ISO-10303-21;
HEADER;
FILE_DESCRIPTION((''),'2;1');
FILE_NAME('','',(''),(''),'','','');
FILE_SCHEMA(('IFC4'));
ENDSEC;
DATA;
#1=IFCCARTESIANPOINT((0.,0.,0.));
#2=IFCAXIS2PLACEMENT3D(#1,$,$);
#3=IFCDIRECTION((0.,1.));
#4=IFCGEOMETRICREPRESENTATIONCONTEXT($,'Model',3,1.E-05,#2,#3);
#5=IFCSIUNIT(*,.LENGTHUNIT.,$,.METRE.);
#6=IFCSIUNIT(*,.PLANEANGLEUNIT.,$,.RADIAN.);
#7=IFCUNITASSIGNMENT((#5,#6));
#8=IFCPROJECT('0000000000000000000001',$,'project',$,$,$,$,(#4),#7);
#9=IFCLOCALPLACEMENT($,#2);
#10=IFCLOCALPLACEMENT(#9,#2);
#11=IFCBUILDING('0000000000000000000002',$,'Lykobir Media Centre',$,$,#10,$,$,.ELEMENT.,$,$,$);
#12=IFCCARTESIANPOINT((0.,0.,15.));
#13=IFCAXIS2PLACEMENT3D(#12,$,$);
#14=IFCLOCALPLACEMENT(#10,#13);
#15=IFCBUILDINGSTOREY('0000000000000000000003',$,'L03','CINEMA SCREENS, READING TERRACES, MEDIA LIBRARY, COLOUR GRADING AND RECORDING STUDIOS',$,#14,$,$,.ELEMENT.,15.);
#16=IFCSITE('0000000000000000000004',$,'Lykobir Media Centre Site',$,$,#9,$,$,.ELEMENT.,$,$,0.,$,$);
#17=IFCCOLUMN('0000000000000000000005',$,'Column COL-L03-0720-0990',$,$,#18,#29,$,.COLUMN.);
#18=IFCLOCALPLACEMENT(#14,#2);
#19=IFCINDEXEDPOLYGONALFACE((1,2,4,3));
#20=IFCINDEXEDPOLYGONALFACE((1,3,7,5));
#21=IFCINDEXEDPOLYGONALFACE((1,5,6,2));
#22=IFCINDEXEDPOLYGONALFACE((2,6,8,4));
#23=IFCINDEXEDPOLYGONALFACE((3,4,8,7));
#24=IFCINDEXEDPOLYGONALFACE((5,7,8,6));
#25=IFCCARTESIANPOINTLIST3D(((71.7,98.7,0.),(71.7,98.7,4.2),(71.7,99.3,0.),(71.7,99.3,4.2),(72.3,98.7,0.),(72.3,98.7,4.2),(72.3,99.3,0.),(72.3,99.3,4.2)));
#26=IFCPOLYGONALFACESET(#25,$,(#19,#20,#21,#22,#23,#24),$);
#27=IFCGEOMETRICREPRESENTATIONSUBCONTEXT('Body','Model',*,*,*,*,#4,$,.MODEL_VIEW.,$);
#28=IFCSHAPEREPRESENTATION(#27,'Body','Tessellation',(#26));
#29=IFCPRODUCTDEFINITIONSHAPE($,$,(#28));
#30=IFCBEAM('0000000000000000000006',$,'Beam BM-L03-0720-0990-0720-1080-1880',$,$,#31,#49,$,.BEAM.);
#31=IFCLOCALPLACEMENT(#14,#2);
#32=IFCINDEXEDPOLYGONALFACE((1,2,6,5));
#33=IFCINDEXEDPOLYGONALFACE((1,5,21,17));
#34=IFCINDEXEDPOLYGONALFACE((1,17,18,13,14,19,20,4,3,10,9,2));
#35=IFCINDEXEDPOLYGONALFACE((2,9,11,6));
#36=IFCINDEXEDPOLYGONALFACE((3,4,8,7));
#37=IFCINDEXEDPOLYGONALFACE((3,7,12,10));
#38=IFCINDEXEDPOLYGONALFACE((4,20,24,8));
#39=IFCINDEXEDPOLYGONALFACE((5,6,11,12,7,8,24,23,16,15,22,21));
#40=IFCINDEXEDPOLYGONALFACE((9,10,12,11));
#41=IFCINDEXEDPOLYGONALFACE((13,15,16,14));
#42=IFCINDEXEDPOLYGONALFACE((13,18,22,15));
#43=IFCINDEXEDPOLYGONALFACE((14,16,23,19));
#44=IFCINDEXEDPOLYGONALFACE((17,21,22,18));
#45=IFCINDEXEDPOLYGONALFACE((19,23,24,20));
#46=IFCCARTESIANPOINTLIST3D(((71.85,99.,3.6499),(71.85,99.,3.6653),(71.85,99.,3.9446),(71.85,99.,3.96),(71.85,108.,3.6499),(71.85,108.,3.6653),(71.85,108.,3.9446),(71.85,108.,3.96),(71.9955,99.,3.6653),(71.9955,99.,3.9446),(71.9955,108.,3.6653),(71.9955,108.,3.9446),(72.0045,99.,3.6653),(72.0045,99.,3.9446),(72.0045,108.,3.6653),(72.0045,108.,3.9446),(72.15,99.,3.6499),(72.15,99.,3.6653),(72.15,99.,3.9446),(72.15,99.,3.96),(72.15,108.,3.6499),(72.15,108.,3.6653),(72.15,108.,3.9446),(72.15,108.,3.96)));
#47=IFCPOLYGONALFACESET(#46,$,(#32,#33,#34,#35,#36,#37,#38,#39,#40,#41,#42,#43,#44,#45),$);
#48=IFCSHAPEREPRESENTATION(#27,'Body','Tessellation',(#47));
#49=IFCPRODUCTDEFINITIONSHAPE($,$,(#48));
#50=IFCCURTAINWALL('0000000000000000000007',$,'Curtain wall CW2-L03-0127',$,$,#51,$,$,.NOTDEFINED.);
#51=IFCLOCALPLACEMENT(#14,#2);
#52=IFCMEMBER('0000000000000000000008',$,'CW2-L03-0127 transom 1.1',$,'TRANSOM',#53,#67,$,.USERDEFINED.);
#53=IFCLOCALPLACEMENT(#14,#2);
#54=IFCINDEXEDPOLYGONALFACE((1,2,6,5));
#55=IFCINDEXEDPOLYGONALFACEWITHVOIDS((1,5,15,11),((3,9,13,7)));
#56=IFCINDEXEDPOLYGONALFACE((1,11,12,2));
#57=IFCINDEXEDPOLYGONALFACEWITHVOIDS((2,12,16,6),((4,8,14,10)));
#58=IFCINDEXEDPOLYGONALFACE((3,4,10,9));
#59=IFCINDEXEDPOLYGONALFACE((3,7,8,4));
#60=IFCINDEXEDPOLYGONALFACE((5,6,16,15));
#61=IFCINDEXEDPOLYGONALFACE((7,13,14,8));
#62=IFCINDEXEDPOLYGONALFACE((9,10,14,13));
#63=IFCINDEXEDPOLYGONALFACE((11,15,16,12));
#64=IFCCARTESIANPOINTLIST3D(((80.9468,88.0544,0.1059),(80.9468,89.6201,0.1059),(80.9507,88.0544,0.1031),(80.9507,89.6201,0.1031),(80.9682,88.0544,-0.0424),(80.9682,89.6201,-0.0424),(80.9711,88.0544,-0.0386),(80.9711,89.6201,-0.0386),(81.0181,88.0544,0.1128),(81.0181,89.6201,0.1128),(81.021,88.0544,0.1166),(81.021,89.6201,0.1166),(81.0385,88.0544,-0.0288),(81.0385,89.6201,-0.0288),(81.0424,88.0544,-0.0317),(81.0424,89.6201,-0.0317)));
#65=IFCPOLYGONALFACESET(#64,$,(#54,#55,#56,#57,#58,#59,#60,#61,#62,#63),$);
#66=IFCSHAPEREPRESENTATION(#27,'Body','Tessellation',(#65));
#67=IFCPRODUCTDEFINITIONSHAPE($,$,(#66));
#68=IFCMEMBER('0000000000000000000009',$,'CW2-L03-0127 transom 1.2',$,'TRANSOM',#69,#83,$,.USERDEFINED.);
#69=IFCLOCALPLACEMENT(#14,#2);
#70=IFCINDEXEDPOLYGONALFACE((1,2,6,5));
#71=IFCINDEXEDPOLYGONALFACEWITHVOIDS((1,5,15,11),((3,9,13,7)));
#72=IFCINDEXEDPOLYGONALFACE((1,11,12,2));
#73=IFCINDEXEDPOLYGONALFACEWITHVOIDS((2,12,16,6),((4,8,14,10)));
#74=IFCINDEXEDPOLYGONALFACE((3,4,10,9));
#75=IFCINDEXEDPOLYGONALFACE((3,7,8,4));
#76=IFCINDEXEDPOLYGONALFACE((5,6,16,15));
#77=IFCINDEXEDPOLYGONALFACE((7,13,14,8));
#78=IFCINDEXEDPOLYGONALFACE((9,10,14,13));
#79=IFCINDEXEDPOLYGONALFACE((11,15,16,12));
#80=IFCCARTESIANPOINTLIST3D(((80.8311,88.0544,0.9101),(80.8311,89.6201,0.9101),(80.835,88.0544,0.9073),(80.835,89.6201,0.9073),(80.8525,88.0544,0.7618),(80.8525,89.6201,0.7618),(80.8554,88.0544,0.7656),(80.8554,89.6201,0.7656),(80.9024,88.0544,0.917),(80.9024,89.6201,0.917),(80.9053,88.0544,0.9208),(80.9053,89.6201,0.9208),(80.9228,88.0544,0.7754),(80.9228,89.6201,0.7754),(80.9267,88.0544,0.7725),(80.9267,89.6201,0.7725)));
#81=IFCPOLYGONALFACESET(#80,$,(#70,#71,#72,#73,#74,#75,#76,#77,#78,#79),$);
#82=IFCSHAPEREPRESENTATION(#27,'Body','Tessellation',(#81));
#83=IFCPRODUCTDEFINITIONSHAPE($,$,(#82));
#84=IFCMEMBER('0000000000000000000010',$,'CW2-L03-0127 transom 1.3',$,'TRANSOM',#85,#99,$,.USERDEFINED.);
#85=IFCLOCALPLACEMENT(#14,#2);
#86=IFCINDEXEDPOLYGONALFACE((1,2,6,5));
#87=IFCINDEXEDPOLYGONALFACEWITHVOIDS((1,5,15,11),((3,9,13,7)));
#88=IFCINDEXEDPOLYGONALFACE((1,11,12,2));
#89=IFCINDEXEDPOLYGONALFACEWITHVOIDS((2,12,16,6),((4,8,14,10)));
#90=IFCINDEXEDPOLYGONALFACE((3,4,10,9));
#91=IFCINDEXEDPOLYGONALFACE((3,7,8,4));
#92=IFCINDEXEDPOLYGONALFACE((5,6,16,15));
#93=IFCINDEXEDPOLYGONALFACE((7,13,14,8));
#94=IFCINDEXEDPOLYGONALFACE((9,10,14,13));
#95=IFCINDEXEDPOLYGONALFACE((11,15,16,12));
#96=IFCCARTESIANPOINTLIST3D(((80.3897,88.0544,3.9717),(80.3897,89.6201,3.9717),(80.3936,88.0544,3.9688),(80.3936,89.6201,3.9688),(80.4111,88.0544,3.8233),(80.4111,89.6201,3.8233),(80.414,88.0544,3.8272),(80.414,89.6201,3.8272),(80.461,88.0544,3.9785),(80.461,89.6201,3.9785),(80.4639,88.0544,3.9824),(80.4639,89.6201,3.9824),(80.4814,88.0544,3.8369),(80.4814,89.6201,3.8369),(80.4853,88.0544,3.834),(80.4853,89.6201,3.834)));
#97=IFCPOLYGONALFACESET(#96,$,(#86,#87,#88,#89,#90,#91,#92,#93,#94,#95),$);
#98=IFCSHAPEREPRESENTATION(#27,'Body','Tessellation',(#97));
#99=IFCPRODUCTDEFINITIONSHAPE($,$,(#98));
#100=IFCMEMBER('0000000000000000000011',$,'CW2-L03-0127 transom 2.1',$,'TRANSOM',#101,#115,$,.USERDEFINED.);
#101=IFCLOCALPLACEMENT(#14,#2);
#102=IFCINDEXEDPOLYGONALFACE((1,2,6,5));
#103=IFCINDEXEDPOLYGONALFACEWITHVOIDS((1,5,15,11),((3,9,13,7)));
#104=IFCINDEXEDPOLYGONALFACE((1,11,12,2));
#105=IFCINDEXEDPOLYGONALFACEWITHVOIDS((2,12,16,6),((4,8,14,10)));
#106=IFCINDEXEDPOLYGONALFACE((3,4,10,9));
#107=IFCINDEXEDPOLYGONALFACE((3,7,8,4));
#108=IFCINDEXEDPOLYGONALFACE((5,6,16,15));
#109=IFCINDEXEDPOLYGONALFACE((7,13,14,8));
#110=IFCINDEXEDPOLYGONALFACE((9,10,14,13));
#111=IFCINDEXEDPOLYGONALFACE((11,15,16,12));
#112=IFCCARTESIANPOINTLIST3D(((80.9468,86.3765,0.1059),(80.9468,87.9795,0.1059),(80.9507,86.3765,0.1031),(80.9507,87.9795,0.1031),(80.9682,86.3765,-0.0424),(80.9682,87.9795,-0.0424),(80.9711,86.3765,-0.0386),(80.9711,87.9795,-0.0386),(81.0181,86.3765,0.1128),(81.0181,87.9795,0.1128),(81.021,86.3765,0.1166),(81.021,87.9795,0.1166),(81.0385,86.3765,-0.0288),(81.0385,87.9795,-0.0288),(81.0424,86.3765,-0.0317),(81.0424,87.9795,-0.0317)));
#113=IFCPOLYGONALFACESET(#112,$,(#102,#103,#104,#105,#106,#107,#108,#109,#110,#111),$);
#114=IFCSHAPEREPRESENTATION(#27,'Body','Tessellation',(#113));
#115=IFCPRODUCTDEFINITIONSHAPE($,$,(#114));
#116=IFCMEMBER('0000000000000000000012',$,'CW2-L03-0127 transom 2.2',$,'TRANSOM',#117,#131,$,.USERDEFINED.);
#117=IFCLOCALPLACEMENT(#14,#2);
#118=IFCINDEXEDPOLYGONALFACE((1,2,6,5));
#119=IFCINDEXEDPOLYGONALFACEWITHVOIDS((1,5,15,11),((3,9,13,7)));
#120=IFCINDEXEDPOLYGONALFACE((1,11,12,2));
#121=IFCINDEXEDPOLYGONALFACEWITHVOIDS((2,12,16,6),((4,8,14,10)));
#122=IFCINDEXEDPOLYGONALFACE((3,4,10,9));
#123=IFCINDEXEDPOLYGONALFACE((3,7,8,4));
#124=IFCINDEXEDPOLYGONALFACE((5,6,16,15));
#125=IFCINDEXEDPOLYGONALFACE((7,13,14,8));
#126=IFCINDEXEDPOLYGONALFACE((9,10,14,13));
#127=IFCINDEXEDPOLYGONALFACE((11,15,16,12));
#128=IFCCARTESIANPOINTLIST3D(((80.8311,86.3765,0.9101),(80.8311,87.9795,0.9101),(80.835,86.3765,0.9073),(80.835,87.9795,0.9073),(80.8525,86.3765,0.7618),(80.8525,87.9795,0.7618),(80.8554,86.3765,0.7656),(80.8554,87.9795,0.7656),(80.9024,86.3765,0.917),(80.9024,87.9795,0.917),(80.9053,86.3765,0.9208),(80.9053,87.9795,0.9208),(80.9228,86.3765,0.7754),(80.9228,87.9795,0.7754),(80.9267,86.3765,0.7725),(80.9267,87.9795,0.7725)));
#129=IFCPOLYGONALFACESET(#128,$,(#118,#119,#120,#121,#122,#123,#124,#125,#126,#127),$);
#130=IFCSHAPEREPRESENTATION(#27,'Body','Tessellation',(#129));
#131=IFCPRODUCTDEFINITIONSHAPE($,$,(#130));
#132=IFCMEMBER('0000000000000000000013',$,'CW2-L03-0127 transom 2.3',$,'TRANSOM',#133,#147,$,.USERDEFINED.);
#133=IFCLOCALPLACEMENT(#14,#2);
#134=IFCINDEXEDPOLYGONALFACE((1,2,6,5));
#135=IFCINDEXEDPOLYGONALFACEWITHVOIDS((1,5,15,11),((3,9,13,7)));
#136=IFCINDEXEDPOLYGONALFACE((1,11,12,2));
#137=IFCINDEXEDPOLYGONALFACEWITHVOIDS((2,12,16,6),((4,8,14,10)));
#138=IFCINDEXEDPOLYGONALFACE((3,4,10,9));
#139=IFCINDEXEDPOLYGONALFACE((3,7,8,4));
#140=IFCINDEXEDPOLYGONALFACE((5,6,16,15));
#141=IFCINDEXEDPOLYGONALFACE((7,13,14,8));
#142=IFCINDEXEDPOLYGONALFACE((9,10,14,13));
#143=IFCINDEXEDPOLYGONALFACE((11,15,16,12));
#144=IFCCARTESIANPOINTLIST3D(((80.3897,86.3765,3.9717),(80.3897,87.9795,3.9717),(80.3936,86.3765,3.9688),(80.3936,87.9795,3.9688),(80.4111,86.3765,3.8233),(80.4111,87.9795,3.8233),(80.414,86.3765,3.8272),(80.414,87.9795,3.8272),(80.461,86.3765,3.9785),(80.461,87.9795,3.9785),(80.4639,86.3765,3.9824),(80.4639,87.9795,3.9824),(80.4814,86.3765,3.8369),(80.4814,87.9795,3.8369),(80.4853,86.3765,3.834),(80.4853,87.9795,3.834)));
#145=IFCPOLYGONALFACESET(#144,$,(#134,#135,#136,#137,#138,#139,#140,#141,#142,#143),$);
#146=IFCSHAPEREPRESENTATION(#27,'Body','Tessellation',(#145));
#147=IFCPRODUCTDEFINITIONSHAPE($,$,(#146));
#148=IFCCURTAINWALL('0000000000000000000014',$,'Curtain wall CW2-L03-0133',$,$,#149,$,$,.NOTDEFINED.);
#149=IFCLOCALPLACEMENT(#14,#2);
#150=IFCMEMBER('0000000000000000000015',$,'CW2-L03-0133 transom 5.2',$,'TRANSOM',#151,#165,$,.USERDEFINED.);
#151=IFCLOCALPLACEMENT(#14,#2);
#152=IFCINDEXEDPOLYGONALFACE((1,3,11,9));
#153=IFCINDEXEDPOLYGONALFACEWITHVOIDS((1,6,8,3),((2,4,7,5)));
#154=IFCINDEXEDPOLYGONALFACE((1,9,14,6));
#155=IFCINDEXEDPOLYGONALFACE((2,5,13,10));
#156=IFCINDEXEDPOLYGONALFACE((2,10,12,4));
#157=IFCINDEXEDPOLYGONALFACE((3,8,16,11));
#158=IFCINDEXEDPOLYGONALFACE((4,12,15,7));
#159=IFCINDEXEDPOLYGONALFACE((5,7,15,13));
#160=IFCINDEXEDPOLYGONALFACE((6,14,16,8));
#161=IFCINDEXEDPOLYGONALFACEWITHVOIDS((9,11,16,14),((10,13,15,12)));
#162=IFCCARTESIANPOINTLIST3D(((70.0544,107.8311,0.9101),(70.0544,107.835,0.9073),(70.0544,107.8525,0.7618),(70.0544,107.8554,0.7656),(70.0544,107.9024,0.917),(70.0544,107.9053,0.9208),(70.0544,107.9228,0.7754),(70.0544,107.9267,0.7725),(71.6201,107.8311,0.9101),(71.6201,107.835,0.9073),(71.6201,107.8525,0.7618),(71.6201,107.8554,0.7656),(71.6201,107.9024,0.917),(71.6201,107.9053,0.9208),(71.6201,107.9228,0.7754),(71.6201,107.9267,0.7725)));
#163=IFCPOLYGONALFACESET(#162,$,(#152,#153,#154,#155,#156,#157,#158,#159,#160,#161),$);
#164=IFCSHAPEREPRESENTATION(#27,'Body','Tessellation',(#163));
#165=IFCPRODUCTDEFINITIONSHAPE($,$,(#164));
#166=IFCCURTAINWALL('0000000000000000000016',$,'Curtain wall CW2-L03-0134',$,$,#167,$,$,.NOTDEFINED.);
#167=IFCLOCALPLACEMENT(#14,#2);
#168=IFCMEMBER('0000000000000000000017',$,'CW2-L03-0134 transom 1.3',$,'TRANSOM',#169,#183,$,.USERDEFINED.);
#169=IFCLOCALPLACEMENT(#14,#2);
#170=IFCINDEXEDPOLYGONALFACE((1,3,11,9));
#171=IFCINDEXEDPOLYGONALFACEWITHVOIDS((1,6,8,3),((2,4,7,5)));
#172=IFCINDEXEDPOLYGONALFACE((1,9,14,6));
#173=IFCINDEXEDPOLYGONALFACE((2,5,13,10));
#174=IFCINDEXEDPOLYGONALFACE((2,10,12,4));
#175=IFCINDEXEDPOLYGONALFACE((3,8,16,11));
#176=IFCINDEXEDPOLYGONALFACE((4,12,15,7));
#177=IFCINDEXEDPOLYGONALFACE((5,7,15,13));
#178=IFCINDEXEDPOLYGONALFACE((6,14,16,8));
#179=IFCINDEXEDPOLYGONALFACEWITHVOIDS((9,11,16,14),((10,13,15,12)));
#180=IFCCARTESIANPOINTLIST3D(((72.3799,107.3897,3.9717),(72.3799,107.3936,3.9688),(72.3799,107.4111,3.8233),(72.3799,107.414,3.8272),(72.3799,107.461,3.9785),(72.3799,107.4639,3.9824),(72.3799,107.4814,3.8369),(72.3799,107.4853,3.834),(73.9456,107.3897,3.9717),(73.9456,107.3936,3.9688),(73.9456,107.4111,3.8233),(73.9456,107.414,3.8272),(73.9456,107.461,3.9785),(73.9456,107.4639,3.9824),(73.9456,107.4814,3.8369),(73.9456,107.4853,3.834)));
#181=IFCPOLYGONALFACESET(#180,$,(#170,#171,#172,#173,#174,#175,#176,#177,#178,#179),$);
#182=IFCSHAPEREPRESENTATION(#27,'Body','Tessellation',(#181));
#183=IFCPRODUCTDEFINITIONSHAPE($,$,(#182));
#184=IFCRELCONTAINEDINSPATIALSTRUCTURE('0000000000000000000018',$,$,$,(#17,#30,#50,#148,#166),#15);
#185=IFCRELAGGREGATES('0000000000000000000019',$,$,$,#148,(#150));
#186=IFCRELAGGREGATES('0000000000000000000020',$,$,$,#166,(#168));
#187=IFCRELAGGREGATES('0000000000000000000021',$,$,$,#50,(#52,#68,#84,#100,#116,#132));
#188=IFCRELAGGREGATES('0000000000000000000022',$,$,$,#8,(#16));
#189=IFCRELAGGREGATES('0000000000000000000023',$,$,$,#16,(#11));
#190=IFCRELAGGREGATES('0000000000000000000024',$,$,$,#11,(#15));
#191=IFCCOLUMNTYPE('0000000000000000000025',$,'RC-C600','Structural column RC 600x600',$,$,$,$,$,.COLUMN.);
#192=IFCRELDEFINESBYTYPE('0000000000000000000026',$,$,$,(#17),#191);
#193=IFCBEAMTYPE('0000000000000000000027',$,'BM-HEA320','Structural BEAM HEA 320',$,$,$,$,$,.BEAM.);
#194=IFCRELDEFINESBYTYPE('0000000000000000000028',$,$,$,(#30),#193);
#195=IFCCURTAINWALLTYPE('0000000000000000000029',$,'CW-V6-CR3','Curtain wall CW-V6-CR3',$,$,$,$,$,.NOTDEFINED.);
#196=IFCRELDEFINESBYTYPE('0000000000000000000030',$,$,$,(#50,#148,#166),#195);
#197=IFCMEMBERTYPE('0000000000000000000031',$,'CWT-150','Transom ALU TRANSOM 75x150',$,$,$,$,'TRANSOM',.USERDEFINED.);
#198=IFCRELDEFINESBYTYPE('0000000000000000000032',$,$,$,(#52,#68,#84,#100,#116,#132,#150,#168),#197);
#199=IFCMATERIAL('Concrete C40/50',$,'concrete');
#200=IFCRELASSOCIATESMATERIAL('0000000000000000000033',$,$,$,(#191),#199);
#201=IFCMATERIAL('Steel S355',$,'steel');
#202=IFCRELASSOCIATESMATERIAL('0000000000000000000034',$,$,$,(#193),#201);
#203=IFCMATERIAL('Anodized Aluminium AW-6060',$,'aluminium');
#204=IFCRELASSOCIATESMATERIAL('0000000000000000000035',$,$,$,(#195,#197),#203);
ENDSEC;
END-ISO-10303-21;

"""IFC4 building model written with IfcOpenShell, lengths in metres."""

from ifc_helpers import new_model, si_unit, direction, frame, origin, origin_2d, place, context, subcontext, project, spatial, rectangle, hollow_rectangle, i_section, extrude, material, material_profile, profile_set, type_object, element, aggregate, save


model = new_model("IFC4")

# Units and contexts
model_context = context("Model", 3, precision=1e-05, world=origin(), true_north=direction((0.0, 1.0)))
body_context = subcontext(model_context, "Body", "Model", "MODEL_VIEW")
ifc_project = project(units=[si_unit("LENGTHUNIT", "METRE"), si_unit("PLANEANGLEUNIT", "RADIAN")], contexts=[model_context])

# Site, building, storey
site_placement = place(None, origin())
site = spatial("IfcSite", under=ifc_project, at=site_placement, Name="Lykobir Media Centre Site", CompositionType="ELEMENT", RefElevation=0.0)
building_placement = place(site_placement, origin())
building = spatial("IfcBuilding", under=site, at=building_placement, Name="Lykobir Media Centre", CompositionType="ELEMENT")
storey_placement = place(building_placement, frame((0.0, 0.0, 15.0)))
storey = spatial("IfcBuildingStorey", under=building, at=storey_placement, Name="L03", Description="CINEMA SCREENS, READING TERRACES, MEDIA LIBRARY, COLOUR GRADING AND RECORDING STUDIOS", CompositionType="ELEMENT", Elevation=15.0)

# Column
ifc_material_1 = material(Name="Concrete C40/50", Category="concrete")
ifc_material_profile_1 = material_profile(ifc_material_1, rectangle(XDim=0.6001, YDim=0.6001, at=origin_2d()), Name="RC 600x600")
ifc_profile_set_1 = profile_set([ifc_material_profile_1], Name="Concrete C40/50")
column_type = type_object("IfcColumnType", Name="RC-C600", Description="Structural column RC 600x600", PredefinedType="COLUMN", material=ifc_profile_set_1)
column_placement = place(storey_placement, frame((72.0, 99.0, 0.0), z_axis=(0.0, 0.0, 1.0), x_axis=(1.0, 0.0, 0.0)))
element("IfcColumn", 1, at=column_placement, inside=storey, type_object=column_type, Name="Column COL-L03-0720-0990", PredefinedType="COLUMN", context=body_context, shape_type="SweptSolid", body=[
    extrude(rectangle(XDim=0.6001, YDim=0.6001, at=origin_2d()), origin(), (0.0, 0.0, 1.0), 4.2),
])

# Beam
ifc_material_2 = material(Name="Steel S355", Category="steel")
ifc_material_profile_2 = material_profile(ifc_material_2, i_section(OverallWidth=0.3, OverallDepth=0.3101, WebThickness=0.009, FlangeThickness=0.0154, at=origin_2d()), Name="HEA 320")
ifc_profile_set_2 = profile_set([ifc_material_profile_2], Name="Steel S355")
beam_type = type_object("IfcBeamType", Name="BM-HEA320", Description="Structural BEAM HEA 320", PredefinedType="BEAM", material=ifc_profile_set_2)
beam_placement = place(storey_placement, frame((72.0, 99.0, 3.8049), z_axis=(0.0, 1.0, 0.0), x_axis=(-1.0, 0.0, 0.0)))
element("IfcBeam", 2, at=beam_placement, inside=storey, type_object=beam_type, Name="Beam BM-L03-0720-0990-0720-1080-1880", PredefinedType="BEAM", context=body_context, shape_type="SweptSolid", body=[
    extrude(i_section(OverallWidth=0.3, OverallDepth=0.3101, WebThickness=0.009, FlangeThickness=0.0154, at=origin_2d()), origin(), (0.0, 0.0, 1.0), 9.0),
])

# Curtain wall, members
ifc_material_3 = material(Name="Anodized Aluminium AW-6060", Category="aluminium")
curtain_wall_type = type_object("IfcCurtainWallType", Name="CW-V6-CR3", Description="Curtain wall CW-V6-CR3", PredefinedType="NOTDEFINED", material=ifc_material_3)
curtain_wall_1_placement = place(storey_placement, origin())
curtain_wall_1 = element("IfcCurtainWall", 3, at=curtain_wall_1_placement, inside=storey, type_object=curtain_wall_type, Name="Curtain wall CW2-L03-0127", PredefinedType="NOTDEFINED")
ifc_material_profile_3 = material_profile(ifc_material_3, hollow_rectangle(XDim=0.075, YDim=0.1499, WallThickness=0.0034, at=origin_2d()), Name="ALU TRANSOM 75x150")
ifc_profile_set_3 = profile_set([ifc_material_profile_3], Name="Anodized Aluminium AW-6060")
member_type = type_object("IfcMemberType", Name="CWT-150", Description="Transom ALU TRANSOM 75x150", ElementType="TRANSOM", PredefinedType="USERDEFINED", material=ifc_profile_set_3)
member_1_placement = place(storey_placement, frame((80.9946, 89.6201, 0.0371), z_axis=(0.0, -1.0, 0.0), x_axis=(0.989776, 0.0, 0.142629)))
member_1 = element("IfcMember", 4, at=member_1_placement, type_object=member_type, Name="CW2-L03-0127 transom 1.1", ObjectType="TRANSOM", PredefinedType="USERDEFINED", context=body_context, shape_type="SweptSolid", body=[
    extrude(hollow_rectangle(XDim=0.075, YDim=0.1499, WallThickness=0.0034, at=origin_2d()), origin(), (0.0, 0.0, 1.0), 1.5657),
])
member_2_placement = place(storey_placement, frame((80.8789, 89.6201, 0.8413), z_axis=(0.0, -1.0, 0.0), x_axis=(0.989776, 0.0, 0.142629)))
member_2 = element("IfcMember", 5, at=member_2_placement, type_object=member_type, Name="CW2-L03-0127 transom 1.2", ObjectType="TRANSOM", PredefinedType="USERDEFINED", context=body_context, shape_type="SweptSolid", body=[
    extrude(hollow_rectangle(XDim=0.075, YDim=0.1499, WallThickness=0.0034, at=origin_2d()), origin(), (0.0, 0.0, 1.0), 1.5657),
])
member_3_placement = place(storey_placement, frame((80.4375, 89.6201, 3.9028), z_axis=(0.0, -1.0, 0.0), x_axis=(0.989776, 0.0, 0.142629)))
member_3 = element("IfcMember", 6, at=member_3_placement, type_object=member_type, Name="CW2-L03-0127 transom 1.3", ObjectType="TRANSOM", PredefinedType="USERDEFINED", context=body_context, shape_type="SweptSolid", body=[
    extrude(hollow_rectangle(XDim=0.075, YDim=0.1499, WallThickness=0.0034, at=origin_2d()), origin(), (0.0, 0.0, 1.0), 1.5657),
])
member_4_placement = place(storey_placement, frame((80.9946, 87.9795, 0.0371), z_axis=(0.0, -1.0, 0.0), x_axis=(0.989776, 0.0, 0.142629)))
member_4 = element("IfcMember", 7, at=member_4_placement, type_object=member_type, Name="CW2-L03-0127 transom 2.1", ObjectType="TRANSOM", PredefinedType="USERDEFINED", context=body_context, shape_type="SweptSolid", body=[
    extrude(hollow_rectangle(XDim=0.075, YDim=0.1499, WallThickness=0.0034, at=origin_2d()), origin(), (0.0, 0.0, 1.0), 1.603),
])
member_5_placement = place(storey_placement, frame((80.8789, 87.9795, 0.8413), z_axis=(0.0, -1.0, 0.0), x_axis=(0.989776, 0.0, 0.142629)))
member_5 = element("IfcMember", 8, at=member_5_placement, type_object=member_type, Name="CW2-L03-0127 transom 2.2", ObjectType="TRANSOM", PredefinedType="USERDEFINED", context=body_context, shape_type="SweptSolid", body=[
    extrude(hollow_rectangle(XDim=0.075, YDim=0.1499, WallThickness=0.0034, at=origin_2d()), origin(), (0.0, 0.0, 1.0), 1.603),
])
member_6_placement = place(storey_placement, frame((80.4375, 87.9795, 3.9028), z_axis=(0.0, -1.0, 0.0), x_axis=(0.989776, 0.0, 0.142629)))
member_6 = element("IfcMember", 9, at=member_6_placement, type_object=member_type, Name="CW2-L03-0127 transom 2.3", ObjectType="TRANSOM", PredefinedType="USERDEFINED", context=body_context, shape_type="SweptSolid", body=[
    extrude(hollow_rectangle(XDim=0.075, YDim=0.1499, WallThickness=0.0034, at=origin_2d()), origin(), (0.0, 0.0, 1.0), 1.603),
])

# Curtain wall, member
curtain_wall_2_placement = place(storey_placement, origin())
curtain_wall_2 = element("IfcCurtainWall", 10, at=curtain_wall_2_placement, inside=storey, type_object=curtain_wall_type, Name="Curtain wall CW2-L03-0133", PredefinedType="NOTDEFINED")
member_7_placement = place(storey_placement, frame((70.0544, 107.8789, 0.8413), z_axis=(1.0, 0.0, 0.0), x_axis=(0.0, 0.989776, 0.142629)))
member_7 = element("IfcMember", 11, at=member_7_placement, type_object=member_type, Name="CW2-L03-0133 transom 5.2", ObjectType="TRANSOM", PredefinedType="USERDEFINED", context=body_context, shape_type="SweptSolid", body=[
    extrude(hollow_rectangle(XDim=0.075, YDim=0.1499, WallThickness=0.0034, at=origin_2d()), origin(), (0.0, 0.0, 1.0), 1.5657),
])

# Curtain wall, member
curtain_wall_3_placement = place(storey_placement, origin())
curtain_wall_3 = element("IfcCurtainWall", 12, at=curtain_wall_3_placement, inside=storey, type_object=curtain_wall_type, Name="Curtain wall CW2-L03-0134", PredefinedType="NOTDEFINED")
member_8_placement = place(storey_placement, frame((72.3799, 107.4375, 3.9028), z_axis=(1.0, 0.0, 0.0), x_axis=(0.0, 0.989776, 0.142629)))
member_8 = element("IfcMember", 13, at=member_8_placement, type_object=member_type, Name="CW2-L03-0134 transom 1.3", ObjectType="TRANSOM", PredefinedType="USERDEFINED", context=body_context, shape_type="SweptSolid", body=[
    extrude(hollow_rectangle(XDim=0.075, YDim=0.1499, WallThickness=0.0034, at=origin_2d()), origin(), (0.0, 0.0, 1.0), 1.5657),
])

aggregate(curtain_wall_2, [member_7])
aggregate(curtain_wall_3, [member_8])
aggregate(curtain_wall_1, [member_1, member_2, member_3, member_4, member_5, member_6])

save(model, "model.ifc")
